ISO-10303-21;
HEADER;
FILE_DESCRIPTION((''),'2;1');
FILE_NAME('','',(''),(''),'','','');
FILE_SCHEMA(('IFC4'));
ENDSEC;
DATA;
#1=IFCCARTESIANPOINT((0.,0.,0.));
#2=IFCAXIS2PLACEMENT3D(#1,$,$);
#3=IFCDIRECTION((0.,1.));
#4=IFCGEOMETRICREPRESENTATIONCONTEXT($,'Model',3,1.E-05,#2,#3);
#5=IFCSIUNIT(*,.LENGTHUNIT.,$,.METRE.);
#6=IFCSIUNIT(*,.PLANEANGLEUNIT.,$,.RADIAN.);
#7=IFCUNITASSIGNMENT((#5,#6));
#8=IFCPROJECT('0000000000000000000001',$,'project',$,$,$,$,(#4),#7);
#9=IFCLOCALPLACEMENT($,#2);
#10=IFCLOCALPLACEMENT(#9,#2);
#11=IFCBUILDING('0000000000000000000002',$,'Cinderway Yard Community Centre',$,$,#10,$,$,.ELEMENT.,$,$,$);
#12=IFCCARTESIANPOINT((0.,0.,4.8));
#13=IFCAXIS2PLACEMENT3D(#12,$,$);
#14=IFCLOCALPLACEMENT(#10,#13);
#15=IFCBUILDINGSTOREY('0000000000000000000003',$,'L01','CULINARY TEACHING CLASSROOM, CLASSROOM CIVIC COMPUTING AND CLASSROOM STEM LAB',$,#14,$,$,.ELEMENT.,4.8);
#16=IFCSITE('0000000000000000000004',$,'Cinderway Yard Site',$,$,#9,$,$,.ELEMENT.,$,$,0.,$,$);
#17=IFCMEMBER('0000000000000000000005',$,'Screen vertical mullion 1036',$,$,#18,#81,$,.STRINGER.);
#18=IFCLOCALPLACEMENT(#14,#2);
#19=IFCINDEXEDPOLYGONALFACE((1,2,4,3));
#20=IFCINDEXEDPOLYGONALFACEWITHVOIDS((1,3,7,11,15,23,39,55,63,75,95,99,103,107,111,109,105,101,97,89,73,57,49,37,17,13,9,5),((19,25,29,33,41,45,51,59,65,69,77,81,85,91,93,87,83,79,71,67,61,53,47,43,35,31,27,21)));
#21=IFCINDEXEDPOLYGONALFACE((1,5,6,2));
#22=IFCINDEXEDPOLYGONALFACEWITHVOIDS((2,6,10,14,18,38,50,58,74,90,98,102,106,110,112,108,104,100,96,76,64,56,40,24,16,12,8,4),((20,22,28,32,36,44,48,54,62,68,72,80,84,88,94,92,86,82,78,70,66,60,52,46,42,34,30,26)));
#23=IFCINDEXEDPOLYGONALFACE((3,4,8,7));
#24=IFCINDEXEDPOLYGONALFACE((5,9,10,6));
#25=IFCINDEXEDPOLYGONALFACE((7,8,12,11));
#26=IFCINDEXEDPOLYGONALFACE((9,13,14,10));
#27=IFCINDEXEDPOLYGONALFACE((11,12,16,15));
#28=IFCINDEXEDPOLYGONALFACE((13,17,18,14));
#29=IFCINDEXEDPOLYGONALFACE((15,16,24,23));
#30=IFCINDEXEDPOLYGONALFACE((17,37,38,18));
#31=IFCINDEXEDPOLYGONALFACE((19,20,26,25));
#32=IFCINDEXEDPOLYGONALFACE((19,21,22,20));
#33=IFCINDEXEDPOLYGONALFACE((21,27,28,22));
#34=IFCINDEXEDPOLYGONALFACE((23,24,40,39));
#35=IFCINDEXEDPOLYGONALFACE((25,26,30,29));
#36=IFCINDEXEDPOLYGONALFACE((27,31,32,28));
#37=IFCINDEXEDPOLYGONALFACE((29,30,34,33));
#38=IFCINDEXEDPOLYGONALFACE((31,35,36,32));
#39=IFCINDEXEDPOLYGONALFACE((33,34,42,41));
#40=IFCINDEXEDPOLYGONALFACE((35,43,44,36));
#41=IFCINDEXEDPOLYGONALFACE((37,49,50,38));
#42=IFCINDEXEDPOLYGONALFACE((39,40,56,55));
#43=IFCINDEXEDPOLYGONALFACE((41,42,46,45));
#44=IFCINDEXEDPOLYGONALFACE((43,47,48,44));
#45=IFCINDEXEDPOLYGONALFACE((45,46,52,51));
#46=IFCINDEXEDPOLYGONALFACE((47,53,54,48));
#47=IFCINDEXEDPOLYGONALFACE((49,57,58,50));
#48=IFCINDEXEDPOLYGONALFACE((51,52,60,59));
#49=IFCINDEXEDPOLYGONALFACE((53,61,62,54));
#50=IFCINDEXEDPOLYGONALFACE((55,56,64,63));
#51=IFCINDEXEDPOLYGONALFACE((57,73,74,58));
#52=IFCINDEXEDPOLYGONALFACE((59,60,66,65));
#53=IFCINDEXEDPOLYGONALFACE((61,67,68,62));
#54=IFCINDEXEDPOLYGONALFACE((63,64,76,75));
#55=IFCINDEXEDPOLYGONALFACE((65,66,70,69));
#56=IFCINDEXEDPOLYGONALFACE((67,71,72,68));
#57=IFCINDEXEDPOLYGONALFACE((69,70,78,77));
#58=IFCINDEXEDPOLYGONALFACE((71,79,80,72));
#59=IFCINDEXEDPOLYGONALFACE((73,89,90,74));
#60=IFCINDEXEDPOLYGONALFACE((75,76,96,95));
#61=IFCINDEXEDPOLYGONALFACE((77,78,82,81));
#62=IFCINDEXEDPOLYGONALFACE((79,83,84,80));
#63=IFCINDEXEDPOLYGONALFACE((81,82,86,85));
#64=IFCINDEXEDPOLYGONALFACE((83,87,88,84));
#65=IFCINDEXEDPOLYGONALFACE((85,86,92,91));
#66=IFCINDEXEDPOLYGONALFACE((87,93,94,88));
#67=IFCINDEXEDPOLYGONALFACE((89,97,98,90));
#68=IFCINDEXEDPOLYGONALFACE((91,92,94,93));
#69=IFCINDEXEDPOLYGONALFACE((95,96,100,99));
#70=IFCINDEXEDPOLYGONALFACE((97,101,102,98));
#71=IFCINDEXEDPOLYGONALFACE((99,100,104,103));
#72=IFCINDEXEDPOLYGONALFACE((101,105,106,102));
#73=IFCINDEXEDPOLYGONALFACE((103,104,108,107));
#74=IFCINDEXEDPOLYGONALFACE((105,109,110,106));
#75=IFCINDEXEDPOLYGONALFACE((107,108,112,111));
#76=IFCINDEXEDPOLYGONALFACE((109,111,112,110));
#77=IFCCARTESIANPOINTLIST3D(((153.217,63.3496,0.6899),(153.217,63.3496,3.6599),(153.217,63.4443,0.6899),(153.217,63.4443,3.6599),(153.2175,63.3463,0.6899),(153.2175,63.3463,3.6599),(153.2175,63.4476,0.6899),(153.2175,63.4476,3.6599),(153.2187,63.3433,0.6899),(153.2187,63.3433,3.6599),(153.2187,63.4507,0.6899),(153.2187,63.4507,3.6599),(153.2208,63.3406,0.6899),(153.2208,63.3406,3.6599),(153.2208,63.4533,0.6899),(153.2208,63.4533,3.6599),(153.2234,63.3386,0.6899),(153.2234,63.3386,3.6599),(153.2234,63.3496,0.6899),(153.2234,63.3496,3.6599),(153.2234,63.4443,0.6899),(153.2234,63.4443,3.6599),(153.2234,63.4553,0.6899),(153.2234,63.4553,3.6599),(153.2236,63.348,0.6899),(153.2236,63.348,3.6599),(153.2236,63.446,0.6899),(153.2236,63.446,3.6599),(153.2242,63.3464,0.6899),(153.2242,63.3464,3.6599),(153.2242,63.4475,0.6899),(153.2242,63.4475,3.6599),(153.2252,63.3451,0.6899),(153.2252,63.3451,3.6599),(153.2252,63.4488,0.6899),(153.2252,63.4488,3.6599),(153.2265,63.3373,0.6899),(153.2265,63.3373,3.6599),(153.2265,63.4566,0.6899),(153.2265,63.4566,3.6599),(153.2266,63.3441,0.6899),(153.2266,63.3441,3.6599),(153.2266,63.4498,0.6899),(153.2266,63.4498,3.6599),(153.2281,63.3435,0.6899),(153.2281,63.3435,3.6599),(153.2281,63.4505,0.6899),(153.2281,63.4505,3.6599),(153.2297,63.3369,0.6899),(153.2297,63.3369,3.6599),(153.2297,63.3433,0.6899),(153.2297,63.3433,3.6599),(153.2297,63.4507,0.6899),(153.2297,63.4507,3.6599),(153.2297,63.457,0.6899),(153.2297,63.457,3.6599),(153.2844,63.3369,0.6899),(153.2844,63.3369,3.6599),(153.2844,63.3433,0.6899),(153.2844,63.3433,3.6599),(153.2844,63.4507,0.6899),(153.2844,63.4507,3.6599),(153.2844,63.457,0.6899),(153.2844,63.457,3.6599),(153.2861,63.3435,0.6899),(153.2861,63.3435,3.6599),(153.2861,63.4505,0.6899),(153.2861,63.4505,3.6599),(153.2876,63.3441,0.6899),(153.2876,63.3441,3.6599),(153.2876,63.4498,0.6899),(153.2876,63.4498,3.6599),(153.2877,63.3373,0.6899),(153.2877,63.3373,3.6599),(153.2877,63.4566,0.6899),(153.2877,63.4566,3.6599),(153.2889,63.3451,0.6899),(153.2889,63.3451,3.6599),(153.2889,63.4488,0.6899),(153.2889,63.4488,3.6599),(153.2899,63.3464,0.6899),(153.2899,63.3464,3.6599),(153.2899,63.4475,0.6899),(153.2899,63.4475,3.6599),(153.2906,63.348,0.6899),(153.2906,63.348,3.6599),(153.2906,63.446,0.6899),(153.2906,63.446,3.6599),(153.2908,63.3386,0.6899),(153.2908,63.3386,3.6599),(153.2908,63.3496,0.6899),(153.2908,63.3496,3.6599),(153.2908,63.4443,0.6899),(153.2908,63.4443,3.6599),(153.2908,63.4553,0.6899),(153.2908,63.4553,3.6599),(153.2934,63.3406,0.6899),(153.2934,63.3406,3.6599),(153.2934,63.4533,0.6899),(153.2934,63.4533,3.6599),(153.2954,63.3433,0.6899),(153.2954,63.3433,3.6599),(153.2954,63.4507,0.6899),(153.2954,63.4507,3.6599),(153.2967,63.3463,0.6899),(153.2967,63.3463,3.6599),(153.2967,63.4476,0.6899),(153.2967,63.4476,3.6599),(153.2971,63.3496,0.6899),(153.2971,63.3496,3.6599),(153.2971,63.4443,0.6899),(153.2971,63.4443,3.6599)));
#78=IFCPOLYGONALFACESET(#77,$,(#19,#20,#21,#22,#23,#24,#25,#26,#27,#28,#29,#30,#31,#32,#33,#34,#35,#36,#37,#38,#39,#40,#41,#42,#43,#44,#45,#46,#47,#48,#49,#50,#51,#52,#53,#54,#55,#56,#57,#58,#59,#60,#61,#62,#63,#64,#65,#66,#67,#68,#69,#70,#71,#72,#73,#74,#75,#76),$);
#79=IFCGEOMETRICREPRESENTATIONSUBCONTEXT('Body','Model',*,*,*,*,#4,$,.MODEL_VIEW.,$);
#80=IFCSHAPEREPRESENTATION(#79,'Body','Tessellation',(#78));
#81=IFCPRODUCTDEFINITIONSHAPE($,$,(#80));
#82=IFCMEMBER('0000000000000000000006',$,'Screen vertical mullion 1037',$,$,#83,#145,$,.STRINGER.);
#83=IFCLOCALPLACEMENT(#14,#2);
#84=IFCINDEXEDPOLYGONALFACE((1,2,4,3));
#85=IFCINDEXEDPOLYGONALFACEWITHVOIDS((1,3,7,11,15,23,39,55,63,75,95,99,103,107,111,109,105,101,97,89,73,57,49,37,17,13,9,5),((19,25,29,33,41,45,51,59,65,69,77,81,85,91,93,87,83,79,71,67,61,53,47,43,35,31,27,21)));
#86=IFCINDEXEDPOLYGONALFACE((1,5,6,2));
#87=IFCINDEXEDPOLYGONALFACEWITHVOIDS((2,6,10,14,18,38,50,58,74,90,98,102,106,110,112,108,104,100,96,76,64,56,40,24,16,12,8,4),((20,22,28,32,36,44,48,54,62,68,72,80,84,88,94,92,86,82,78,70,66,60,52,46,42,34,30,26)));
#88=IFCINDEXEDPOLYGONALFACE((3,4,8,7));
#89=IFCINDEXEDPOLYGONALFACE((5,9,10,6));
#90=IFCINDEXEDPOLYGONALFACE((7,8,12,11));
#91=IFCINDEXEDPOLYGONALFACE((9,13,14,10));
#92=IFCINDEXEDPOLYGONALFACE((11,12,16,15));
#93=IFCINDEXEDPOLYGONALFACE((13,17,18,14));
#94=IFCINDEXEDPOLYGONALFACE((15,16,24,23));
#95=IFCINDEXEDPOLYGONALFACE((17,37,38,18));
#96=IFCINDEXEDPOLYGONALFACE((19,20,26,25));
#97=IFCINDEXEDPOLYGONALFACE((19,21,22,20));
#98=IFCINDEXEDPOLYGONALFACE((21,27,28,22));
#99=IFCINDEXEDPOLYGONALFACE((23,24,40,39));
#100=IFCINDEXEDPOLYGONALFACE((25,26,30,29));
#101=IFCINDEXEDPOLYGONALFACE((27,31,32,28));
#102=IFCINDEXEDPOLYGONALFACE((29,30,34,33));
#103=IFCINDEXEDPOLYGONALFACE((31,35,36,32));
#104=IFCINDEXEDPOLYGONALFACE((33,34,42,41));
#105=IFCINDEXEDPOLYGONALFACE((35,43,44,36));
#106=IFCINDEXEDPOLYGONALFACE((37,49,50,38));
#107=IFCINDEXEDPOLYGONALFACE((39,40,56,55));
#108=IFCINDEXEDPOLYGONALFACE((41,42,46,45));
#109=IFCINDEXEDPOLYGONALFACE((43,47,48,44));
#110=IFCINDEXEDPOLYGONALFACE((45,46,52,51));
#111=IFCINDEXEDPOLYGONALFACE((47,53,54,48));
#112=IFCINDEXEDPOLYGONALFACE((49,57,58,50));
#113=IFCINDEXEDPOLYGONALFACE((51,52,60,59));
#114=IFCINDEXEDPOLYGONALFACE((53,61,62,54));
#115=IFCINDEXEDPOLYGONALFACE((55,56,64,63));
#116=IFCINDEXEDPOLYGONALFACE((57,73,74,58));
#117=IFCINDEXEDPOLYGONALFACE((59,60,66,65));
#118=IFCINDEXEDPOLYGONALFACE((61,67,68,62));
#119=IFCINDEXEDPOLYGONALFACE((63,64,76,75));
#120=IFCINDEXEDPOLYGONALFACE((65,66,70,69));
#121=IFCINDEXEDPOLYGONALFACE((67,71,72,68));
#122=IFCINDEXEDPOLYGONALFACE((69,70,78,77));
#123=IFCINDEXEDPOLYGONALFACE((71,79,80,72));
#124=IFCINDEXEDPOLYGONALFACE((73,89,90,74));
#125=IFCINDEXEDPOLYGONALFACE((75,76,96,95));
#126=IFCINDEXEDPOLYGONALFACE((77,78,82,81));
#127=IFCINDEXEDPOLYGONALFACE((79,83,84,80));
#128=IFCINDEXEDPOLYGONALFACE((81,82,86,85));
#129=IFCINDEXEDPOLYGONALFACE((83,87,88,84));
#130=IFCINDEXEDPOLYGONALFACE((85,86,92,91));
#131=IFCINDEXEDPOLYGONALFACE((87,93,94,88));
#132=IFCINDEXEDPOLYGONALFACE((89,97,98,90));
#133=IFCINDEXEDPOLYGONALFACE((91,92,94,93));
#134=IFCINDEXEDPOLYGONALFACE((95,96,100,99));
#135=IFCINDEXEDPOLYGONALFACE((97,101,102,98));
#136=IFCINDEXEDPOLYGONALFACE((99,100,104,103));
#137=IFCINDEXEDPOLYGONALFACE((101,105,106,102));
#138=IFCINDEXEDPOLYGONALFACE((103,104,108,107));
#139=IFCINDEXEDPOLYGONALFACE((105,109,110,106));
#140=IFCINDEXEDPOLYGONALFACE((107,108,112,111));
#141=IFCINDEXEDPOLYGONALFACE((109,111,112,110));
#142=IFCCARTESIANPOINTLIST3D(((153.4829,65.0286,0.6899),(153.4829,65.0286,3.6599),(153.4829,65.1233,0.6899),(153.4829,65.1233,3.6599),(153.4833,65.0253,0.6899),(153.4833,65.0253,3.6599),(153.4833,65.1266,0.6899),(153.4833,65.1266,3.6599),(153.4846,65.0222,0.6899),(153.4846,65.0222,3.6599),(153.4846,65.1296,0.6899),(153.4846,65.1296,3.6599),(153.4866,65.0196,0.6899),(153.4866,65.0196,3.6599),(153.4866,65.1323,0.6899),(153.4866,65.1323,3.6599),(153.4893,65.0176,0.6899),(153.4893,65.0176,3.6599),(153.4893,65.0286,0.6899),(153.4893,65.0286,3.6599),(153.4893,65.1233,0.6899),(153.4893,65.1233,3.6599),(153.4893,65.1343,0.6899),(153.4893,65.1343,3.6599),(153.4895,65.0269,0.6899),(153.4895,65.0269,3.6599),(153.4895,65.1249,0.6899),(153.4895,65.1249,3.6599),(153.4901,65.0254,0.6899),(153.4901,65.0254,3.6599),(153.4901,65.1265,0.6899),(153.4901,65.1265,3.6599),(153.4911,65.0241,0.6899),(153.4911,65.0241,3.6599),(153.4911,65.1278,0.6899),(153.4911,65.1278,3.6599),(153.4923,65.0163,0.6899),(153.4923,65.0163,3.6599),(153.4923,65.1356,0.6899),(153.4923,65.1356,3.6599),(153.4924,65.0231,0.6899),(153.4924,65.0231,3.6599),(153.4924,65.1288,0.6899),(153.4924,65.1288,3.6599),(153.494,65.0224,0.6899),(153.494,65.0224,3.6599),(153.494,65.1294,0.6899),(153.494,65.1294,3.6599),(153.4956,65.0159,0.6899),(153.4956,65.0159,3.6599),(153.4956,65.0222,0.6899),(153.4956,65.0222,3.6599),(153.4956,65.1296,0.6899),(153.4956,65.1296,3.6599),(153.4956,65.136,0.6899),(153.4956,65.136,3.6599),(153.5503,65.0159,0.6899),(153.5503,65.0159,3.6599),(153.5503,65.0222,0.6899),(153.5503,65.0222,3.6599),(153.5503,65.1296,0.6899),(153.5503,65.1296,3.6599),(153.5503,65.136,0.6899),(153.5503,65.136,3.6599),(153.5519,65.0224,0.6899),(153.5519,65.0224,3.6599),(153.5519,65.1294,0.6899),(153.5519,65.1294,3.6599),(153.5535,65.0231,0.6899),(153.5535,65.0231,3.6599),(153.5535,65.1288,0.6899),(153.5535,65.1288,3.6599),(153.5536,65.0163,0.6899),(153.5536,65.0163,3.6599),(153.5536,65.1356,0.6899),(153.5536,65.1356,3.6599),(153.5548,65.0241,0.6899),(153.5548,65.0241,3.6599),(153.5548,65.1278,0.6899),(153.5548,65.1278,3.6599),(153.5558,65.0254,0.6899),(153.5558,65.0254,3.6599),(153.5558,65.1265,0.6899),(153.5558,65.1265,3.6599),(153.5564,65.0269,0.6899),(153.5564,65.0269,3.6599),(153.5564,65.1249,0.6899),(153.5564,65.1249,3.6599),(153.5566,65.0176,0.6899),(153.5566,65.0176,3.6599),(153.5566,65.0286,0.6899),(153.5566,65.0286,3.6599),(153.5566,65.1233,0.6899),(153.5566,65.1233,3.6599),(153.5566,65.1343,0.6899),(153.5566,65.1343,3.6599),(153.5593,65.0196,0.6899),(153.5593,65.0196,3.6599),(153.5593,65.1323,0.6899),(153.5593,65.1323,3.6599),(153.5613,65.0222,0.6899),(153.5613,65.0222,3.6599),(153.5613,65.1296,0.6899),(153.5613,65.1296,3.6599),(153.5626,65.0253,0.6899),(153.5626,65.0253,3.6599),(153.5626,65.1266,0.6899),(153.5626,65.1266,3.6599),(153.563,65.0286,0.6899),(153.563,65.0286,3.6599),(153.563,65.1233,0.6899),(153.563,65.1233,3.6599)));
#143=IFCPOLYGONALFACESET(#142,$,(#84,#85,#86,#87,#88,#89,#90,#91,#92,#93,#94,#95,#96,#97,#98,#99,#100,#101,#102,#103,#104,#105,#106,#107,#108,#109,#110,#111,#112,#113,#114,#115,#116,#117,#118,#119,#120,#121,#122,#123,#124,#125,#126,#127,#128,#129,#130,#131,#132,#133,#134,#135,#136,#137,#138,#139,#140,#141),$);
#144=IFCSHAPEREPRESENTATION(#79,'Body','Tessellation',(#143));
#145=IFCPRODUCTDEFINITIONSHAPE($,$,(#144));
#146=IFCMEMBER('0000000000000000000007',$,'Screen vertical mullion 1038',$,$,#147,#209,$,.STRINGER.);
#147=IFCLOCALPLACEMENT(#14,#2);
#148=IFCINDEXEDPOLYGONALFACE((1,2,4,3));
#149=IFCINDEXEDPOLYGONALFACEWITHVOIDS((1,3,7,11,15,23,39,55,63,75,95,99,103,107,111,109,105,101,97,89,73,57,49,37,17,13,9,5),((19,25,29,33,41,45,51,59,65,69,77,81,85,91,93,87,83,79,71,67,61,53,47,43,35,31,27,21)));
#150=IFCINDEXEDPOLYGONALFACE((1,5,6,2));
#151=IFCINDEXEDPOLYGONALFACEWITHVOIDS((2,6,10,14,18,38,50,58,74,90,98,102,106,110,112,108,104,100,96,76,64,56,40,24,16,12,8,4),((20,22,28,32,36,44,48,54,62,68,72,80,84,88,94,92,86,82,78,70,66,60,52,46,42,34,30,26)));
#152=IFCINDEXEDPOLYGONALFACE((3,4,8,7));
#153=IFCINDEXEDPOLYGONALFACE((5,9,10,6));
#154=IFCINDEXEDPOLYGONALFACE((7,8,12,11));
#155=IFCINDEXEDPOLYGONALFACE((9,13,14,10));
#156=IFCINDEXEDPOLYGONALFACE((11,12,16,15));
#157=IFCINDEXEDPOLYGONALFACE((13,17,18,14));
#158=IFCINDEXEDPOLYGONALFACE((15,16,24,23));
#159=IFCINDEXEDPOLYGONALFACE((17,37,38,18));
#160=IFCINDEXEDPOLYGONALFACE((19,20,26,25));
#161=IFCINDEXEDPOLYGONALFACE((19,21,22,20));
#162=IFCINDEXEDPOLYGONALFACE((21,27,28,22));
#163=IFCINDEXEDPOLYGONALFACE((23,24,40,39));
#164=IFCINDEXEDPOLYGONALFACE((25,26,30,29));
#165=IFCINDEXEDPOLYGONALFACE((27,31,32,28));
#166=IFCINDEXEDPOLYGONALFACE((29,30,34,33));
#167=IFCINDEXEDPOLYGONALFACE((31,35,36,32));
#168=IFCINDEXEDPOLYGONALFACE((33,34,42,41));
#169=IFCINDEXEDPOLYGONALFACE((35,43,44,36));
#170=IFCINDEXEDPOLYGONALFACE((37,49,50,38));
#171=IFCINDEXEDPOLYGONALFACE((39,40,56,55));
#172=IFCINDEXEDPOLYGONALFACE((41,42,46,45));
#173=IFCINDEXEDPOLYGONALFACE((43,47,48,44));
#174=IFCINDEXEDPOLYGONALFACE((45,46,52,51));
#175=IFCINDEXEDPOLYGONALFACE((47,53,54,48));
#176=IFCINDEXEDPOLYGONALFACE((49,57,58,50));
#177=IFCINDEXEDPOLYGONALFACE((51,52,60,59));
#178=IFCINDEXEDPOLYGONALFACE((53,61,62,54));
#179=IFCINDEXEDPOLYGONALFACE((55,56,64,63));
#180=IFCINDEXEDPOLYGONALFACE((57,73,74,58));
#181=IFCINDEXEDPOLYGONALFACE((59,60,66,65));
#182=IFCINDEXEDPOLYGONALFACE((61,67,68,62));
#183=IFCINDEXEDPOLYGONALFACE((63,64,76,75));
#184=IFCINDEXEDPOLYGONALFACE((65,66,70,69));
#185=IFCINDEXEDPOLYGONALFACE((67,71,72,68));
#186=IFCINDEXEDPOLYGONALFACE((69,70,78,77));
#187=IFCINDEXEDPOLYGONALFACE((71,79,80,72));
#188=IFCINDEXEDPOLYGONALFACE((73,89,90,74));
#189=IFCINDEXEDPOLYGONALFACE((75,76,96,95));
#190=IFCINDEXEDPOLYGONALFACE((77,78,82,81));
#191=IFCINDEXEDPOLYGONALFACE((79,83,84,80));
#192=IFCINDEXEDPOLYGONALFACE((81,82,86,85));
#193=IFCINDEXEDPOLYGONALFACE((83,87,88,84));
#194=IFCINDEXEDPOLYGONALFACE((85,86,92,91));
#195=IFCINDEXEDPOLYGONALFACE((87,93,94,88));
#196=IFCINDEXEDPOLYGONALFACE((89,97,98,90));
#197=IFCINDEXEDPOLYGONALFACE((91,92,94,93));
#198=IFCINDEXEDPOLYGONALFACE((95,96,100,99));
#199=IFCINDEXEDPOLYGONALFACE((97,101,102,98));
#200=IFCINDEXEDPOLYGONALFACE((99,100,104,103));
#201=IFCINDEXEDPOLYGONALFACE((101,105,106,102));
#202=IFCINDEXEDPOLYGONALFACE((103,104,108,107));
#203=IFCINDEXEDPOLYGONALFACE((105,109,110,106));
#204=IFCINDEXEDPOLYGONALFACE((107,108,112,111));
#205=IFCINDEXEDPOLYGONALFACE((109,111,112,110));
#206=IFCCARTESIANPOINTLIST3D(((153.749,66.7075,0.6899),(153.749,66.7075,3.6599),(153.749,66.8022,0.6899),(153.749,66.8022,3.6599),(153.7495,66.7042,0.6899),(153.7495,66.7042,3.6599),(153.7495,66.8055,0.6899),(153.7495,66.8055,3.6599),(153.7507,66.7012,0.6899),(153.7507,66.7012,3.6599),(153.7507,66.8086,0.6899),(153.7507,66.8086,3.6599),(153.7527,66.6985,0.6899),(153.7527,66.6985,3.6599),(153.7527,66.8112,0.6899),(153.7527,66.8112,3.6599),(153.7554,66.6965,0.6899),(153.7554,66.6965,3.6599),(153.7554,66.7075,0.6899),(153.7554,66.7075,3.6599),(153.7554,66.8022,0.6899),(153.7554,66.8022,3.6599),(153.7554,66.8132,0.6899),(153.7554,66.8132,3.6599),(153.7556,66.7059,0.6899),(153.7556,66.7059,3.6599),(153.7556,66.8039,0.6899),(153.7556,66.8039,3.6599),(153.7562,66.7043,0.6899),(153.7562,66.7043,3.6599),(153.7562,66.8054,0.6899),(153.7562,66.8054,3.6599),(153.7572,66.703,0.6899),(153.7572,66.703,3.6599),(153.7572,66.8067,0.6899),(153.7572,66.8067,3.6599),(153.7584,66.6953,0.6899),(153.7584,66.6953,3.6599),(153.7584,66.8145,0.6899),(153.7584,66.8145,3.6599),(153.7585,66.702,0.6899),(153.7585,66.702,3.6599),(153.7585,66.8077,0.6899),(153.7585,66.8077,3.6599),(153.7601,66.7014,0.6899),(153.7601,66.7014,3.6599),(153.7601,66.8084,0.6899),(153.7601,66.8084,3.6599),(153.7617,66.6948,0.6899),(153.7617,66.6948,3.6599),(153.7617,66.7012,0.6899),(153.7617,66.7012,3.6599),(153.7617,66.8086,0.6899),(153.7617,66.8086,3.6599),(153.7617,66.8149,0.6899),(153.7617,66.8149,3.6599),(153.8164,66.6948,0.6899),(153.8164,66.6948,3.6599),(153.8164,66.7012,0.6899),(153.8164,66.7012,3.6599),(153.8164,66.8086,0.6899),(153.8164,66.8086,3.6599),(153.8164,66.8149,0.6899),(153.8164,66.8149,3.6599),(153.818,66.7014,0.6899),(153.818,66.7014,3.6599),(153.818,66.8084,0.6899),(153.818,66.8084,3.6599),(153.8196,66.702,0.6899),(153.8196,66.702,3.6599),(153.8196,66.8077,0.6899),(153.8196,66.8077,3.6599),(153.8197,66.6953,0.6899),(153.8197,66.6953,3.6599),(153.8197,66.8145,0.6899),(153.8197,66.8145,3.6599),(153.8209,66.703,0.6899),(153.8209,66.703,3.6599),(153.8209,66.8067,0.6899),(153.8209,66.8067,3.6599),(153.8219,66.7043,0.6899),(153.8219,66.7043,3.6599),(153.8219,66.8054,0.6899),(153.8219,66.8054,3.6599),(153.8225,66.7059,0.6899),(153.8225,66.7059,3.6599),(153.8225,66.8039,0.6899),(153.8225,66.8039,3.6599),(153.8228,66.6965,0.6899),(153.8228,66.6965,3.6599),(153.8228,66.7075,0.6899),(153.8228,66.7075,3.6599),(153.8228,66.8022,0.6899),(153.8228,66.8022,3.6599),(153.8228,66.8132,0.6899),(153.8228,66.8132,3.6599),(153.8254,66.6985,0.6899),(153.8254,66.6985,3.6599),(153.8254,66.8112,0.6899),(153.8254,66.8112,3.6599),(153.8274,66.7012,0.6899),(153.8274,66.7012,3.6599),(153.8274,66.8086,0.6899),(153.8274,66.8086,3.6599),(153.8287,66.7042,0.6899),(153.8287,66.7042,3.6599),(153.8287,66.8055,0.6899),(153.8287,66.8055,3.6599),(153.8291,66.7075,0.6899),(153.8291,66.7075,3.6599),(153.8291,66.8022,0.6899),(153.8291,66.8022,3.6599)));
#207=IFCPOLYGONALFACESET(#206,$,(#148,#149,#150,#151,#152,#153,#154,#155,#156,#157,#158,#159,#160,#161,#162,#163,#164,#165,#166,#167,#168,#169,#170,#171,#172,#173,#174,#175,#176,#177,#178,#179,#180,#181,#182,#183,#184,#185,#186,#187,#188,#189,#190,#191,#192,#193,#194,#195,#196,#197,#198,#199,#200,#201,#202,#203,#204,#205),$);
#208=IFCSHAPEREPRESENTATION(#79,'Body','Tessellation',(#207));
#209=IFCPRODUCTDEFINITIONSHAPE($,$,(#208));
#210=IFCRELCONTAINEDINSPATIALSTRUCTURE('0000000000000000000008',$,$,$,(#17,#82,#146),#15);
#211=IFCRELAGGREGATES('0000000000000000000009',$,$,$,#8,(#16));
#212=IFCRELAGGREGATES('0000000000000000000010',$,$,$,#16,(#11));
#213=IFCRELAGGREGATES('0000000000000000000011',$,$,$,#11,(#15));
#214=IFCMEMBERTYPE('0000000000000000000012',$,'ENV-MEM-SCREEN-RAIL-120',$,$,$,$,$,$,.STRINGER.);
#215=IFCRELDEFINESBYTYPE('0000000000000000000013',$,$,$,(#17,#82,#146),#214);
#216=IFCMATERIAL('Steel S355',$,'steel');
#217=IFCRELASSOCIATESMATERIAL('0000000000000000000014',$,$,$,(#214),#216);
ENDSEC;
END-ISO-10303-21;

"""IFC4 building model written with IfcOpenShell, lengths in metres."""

from ifc_helpers import new_model, si_unit, direction, frame, origin, origin_2d, place, context, subcontext, project, spatial, hollow_rectangle, extrude, material, material_profile, profile_set, type_object, element, save


model = new_model("IFC4")

# Units and contexts
model_context = context("Model", 3, precision=1e-05, world=origin(), true_north=direction((0.0, 1.0)))
body_context = subcontext(model_context, "Body", "Model", "MODEL_VIEW")
ifc_project = project(units=[si_unit("LENGTHUNIT", "METRE"), si_unit("PLANEANGLEUNIT", "RADIAN")], contexts=[model_context])

# Site, building, storey
site_placement = place(None, origin())
site = spatial("IfcSite", under=ifc_project, at=site_placement, Name="Cinderway Yard Site", CompositionType="ELEMENT", RefElevation=0.0)
building_placement = place(site_placement, origin())
building = spatial("IfcBuilding", under=site, at=building_placement, Name="Cinderway Yard Community Centre", CompositionType="ELEMENT")
storey_placement = place(building_placement, frame((0.0, 0.0, 4.8)))
storey = spatial("IfcBuildingStorey", under=building, at=storey_placement, Name="L01", Description="CULINARY TEACHING CLASSROOM, CLASSROOM CIVIC COMPUTING AND CLASSROOM STEM LAB", CompositionType="ELEMENT", Elevation=4.8)

# Members
ifc_material_1 = material(Name="Steel S355", Category="steel")
ifc_material_profile_1 = material_profile(ifc_material_1, hollow_rectangle(XDim=0.0801, YDim=0.1201, WallThickness=0.0063, InnerFilletRadius=0.0063, OuterFilletRadius=0.0127, at=origin_2d()), Name="Steel S355")
ifc_profile_set_1 = profile_set([ifc_material_profile_1], Name="Steel S355")
member_type_1 = type_object("IfcMemberType", Name="ENV-MEM-SCREEN-RAIL-120", PredefinedType="STRINGER", material=ifc_profile_set_1)
for number, where, z_axis, x_axis, name in (
    (1, (153.2571, 63.397, 0.6899), (0.0, 0.0, 1.0), (1.0, 0.0, 0.0), "Screen vertical mullion 1036"),
    (2, (153.5229, 65.0759, 0.6899), (0.0, 0.0, 1.0), (1.0, 0.0, 0.0), "Screen vertical mullion 1037"),
    (3, (153.7891, 66.7549, 0.6899), (0.0, 0.0, 1.0), (1.0, 0.0, 0.0), "Screen vertical mullion 1038"),
):
    element("IfcMember", number, at=place(storey_placement, frame(where, z_axis=z_axis, x_axis=x_axis)), inside=storey, type_object=member_type_1, Name=name, PredefinedType="STRINGER", context=body_context, shape_type="SweptSolid", body=[
        extrude(hollow_rectangle(XDim=0.0801, YDim=0.1201, WallThickness=0.0063, InnerFilletRadius=0.0063, OuterFilletRadius=0.0127, at=origin_2d()), origin(), (0.0, 0.0, 1.0), 2.97),
    ])

save(model, "model.ifc")
